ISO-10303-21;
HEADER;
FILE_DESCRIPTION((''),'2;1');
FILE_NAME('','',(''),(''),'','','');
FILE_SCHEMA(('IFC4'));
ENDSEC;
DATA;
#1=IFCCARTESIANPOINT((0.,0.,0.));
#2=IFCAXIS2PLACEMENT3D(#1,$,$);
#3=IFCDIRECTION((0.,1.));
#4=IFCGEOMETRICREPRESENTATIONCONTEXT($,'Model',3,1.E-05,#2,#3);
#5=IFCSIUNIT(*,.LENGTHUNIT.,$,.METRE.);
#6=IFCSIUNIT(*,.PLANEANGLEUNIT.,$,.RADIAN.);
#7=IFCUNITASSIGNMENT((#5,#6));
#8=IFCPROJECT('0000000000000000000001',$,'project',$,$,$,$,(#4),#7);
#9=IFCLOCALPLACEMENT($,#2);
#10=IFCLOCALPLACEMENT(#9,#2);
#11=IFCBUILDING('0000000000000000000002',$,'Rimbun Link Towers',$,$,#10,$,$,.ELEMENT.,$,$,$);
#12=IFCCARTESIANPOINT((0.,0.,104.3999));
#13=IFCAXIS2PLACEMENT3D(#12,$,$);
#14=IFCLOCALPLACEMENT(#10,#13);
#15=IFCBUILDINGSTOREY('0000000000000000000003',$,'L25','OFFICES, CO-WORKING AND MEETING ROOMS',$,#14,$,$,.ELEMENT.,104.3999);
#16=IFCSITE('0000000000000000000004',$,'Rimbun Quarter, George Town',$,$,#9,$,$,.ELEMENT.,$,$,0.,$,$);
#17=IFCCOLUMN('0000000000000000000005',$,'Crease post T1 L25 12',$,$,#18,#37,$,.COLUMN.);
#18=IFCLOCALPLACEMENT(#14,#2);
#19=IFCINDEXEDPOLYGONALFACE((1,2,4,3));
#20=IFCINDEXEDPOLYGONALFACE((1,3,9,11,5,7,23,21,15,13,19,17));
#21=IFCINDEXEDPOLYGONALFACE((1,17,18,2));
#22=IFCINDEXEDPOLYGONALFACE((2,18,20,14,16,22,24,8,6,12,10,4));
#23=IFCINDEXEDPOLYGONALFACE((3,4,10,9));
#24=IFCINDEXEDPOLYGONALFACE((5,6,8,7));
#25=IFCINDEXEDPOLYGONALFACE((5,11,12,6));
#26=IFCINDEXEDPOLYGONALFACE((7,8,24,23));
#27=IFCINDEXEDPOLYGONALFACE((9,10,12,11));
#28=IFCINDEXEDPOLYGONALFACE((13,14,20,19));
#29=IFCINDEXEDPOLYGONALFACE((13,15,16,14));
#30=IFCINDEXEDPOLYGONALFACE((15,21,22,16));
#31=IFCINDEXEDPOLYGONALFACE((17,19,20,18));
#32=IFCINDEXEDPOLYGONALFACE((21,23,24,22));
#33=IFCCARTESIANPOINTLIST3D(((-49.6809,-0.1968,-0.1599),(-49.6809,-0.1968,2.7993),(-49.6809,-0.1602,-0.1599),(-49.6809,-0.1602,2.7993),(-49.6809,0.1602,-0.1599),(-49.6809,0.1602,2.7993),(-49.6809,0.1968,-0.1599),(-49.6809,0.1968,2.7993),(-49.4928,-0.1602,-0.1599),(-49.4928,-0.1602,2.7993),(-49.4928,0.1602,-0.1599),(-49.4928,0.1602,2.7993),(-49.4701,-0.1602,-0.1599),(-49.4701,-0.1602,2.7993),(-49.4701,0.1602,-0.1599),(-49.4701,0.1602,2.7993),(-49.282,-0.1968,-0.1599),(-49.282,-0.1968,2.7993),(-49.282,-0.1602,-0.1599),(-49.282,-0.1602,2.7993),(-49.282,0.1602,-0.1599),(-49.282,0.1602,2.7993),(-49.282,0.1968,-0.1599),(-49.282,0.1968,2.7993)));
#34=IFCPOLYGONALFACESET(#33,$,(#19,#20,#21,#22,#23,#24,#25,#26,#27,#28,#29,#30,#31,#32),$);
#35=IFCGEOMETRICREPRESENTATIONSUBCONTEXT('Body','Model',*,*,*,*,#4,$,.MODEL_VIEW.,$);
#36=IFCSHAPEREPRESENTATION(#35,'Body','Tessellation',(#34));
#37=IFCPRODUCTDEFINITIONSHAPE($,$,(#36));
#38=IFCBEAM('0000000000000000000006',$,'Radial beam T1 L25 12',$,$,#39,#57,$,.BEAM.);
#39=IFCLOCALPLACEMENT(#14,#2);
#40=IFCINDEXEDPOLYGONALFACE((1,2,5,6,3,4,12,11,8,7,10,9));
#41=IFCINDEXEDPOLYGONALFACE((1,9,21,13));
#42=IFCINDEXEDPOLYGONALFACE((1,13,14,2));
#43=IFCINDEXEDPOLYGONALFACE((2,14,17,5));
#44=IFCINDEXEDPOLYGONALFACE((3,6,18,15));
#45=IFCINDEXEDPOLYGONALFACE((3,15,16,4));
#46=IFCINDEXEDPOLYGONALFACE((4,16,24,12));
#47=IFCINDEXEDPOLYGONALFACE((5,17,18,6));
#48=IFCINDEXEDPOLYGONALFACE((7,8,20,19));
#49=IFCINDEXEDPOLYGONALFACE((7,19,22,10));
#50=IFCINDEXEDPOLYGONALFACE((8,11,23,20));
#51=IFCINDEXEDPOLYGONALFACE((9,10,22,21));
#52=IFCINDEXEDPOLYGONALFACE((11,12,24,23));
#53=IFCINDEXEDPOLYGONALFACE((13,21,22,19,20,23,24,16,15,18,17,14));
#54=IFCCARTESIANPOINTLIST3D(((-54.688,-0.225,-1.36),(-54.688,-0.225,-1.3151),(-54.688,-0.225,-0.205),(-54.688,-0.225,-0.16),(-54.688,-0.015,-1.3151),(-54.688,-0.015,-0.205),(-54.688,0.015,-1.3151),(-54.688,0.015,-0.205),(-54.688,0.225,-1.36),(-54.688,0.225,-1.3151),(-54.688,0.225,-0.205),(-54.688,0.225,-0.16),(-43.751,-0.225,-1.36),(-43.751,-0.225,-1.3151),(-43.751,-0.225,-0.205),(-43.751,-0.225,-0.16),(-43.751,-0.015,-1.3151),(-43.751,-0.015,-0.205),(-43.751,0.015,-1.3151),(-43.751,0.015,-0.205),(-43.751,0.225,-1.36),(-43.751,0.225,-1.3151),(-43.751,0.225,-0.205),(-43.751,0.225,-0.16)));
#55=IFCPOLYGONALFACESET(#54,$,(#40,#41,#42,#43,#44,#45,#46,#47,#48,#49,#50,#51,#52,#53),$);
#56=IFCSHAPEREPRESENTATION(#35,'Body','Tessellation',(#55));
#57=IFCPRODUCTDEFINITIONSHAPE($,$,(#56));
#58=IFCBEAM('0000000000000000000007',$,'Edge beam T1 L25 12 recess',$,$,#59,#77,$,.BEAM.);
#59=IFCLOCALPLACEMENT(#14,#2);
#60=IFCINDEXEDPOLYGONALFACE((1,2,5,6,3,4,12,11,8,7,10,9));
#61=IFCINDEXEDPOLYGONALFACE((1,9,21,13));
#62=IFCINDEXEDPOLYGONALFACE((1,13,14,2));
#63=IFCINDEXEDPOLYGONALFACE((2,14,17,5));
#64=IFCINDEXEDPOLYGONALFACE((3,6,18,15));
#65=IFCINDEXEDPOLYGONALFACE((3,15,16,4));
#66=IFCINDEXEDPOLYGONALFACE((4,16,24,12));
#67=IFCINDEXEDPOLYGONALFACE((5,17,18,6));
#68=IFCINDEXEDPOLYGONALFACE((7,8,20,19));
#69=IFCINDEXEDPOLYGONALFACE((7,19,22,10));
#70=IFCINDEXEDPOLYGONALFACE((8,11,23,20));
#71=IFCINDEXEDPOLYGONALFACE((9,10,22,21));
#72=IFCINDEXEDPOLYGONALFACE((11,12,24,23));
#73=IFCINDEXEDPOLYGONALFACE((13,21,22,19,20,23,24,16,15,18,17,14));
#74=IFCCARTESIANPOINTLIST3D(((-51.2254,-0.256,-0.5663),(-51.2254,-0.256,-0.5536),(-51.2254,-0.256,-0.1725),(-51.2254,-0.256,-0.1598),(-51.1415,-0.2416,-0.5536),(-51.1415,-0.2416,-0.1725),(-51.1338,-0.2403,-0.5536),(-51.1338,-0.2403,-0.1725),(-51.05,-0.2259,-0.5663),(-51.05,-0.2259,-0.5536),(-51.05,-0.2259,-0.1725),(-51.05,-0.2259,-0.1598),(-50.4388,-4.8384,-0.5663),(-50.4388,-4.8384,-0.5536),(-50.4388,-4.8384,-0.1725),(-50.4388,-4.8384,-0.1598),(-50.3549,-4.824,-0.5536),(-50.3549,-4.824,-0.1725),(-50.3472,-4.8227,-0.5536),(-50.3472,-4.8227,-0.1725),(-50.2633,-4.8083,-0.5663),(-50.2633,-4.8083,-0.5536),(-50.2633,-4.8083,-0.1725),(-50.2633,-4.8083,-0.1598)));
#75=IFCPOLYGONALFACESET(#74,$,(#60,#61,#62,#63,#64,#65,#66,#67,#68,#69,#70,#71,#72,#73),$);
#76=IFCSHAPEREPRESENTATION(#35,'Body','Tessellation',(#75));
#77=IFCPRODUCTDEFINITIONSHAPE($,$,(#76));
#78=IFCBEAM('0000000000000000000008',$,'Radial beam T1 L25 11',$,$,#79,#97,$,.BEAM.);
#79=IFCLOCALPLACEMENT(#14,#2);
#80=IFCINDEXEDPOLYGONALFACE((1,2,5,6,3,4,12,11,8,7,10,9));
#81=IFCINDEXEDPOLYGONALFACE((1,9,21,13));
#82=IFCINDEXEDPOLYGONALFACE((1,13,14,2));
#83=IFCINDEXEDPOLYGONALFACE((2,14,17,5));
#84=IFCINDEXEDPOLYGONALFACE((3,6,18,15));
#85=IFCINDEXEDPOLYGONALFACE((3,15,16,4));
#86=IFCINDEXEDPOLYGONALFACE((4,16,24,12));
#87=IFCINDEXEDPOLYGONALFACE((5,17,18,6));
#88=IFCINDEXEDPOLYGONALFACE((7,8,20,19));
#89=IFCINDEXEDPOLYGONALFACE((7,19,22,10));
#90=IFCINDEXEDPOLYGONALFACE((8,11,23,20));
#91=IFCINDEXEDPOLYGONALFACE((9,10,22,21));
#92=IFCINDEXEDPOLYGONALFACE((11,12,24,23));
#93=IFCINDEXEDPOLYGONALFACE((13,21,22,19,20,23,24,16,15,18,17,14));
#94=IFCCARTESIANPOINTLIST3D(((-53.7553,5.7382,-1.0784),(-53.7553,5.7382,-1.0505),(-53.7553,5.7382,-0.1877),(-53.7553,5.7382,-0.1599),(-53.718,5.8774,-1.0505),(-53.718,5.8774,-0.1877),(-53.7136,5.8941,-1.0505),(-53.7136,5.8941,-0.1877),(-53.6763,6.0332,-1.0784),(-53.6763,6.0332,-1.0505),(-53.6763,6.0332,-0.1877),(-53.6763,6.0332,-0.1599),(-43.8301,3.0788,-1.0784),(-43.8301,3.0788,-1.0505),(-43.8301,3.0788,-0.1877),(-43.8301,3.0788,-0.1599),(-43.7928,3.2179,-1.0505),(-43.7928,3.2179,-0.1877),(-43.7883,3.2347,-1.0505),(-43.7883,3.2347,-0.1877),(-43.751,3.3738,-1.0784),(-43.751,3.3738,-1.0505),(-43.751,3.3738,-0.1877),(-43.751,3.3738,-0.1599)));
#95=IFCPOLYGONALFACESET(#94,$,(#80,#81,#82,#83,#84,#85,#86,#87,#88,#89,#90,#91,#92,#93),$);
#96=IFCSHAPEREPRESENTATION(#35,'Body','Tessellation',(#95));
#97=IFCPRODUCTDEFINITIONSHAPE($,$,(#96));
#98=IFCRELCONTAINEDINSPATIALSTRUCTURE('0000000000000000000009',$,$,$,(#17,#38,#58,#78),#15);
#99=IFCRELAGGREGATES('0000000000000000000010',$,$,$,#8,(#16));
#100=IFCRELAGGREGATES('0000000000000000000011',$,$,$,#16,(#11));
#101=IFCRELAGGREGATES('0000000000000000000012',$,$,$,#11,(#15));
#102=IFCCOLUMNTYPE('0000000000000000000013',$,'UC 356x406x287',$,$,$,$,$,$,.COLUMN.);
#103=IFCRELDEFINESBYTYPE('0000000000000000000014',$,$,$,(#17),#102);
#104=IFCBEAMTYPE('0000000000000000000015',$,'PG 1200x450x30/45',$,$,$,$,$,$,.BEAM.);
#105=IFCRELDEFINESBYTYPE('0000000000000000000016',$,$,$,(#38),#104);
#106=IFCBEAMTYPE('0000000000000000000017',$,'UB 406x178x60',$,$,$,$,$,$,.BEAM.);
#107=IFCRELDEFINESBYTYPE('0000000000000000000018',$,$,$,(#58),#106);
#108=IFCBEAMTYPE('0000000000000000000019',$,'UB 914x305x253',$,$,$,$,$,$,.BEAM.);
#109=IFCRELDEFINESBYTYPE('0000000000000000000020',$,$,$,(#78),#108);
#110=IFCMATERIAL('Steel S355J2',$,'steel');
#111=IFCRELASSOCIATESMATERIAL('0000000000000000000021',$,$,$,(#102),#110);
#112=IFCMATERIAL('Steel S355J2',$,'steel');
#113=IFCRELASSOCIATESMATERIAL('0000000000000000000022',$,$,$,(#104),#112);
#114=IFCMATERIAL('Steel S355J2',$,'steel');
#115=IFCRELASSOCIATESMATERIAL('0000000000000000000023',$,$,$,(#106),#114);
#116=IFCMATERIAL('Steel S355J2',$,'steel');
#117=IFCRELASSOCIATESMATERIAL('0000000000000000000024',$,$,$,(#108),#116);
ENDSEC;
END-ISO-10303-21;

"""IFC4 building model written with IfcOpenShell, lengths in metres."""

from ifc_helpers import new_model, si_unit, direction, frame, origin, origin_2d, place, context, subcontext, project, spatial, i_section, extrude, material, material_profile, profile_set, type_object, element, save


model = new_model("IFC4")

# Units and contexts
model_context = context("Model", 3, precision=1e-05, world=origin(), true_north=direction((0.0, 1.0)))
body_context = subcontext(model_context, "Body", "Model", "MODEL_VIEW")
ifc_project = project(units=[si_unit("LENGTHUNIT", "METRE"), si_unit("PLANEANGLEUNIT", "RADIAN")], contexts=[model_context])

# Site, building, storey
site_placement = place(None, origin())
site = spatial("IfcSite", under=ifc_project, at=site_placement, Name="Rimbun Quarter, George Town", CompositionType="ELEMENT", RefElevation=0.0)
building_placement = place(site_placement, origin())
building = spatial("IfcBuilding", under=site, at=building_placement, Name="Rimbun Link Towers", CompositionType="ELEMENT")
storey_placement = place(building_placement, frame((0.0, 0.0, 104.3999)))
storey = spatial("IfcBuildingStorey", under=building, at=storey_placement, Name="L25", Description="OFFICES, CO-WORKING AND MEETING ROOMS", CompositionType="ELEMENT", Elevation=104.3999)

# Column
ifc_material_1 = material(Name="Steel S355J2", Category="steel")
ifc_material_profile_1 = material_profile(ifc_material_1, i_section(OverallWidth=0.3989, OverallDepth=0.3936, WebThickness=0.0227, FlangeThickness=0.0366, at=origin_2d()), Name="UC 356x406x287")
ifc_profile_set_1 = profile_set([ifc_material_profile_1], Name="Steel S355J2")
column_type = type_object("IfcColumnType", Name="UC 356x406x287", PredefinedType="COLUMN", material=ifc_profile_set_1)
column_placement = place(storey_placement, frame((-49.4814, 0.0, -0.1599), z_axis=(0.0, 0.0, 1.0), x_axis=(1.0, 0.0, 0.0)))
element("IfcColumn", 1, at=column_placement, inside=storey, type_object=column_type, Name="Crease post T1 L25 12", PredefinedType="COLUMN", context=body_context, shape_type="SweptSolid", body=[
    extrude(i_section(OverallWidth=0.3989, OverallDepth=0.3936, WebThickness=0.0227, FlangeThickness=0.0366, at=origin_2d()), origin(), (0.0, 0.0, 1.0), 2.9592),
])

# Beams
ifc_material_2 = material(Name="Steel S355J2", Category="steel")
ifc_material_profile_2 = material_profile(ifc_material_2, i_section(OverallWidth=0.45, OverallDepth=1.2, WebThickness=0.03, FlangeThickness=0.0449, at=origin_2d()), Name="PG 1200x450x30/45")
ifc_profile_set_2 = profile_set([ifc_material_profile_2], Name="Steel S355J2")
beam_type_1 = type_object("IfcBeamType", Name="PG 1200x450x30/45", PredefinedType="BEAM", material=ifc_profile_set_2)
beam_1_placement = place(storey_placement, frame((-43.751, 0.0, -0.76), z_axis=(-1.0, 0.0, 0.0), x_axis=(0.0, -1.0, 0.0)))
element("IfcBeam", 2, at=beam_1_placement, inside=storey, type_object=beam_type_1, Name="Radial beam T1 L25 12", PredefinedType="BEAM", context=body_context, shape_type="SweptSolid", body=[
    extrude(i_section(OverallWidth=0.45, OverallDepth=1.2, WebThickness=0.03, FlangeThickness=0.0449, at=origin_2d()), origin(), (0.0, 0.0, 1.0), 10.937),
])
ifc_material_3 = material(Name="Steel S355J2", Category="steel")
ifc_material_profile_3 = material_profile(ifc_material_3, i_section(OverallWidth=0.178, OverallDepth=0.4065, WebThickness=0.0078, FlangeThickness=0.0127, at=origin_2d()), Name="UB 406x178x60")
ifc_profile_set_3 = profile_set([ifc_material_profile_3], Name="Steel S355J2")
beam_type_2 = type_object("IfcBeamType", Name="UB 406x178x60", PredefinedType="BEAM", material=ifc_profile_set_3)
beam_2_placement = place(storey_placement, frame((-51.1377, -0.241, -0.363), z_axis=(0.169191, -0.985583, 0.0), x_axis=(0.985583, 0.169191, 0.0)))
element("IfcBeam", 3, at=beam_2_placement, inside=storey, type_object=beam_type_2, Name="Edge beam T1 L25 12 recess", PredefinedType="BEAM", context=body_context, shape_type="SweptSolid", body=[
    extrude(i_section(OverallWidth=0.178, OverallDepth=0.4065, WebThickness=0.0078, FlangeThickness=0.0127, at=origin_2d()), origin(), (0.0, 0.0, 1.0), 4.6494),
])
ifc_material_4 = material(Name="Steel S355J2", Category="steel")
ifc_material_profile_4 = material_profile(ifc_material_4, i_section(OverallWidth=0.3054, OverallDepth=0.9185, WebThickness=0.0173, FlangeThickness=0.0278, at=origin_2d()), Name="UB 914x305x253")
ifc_profile_set_4 = profile_set([ifc_material_profile_4], Name="Steel S355J2")
beam_type_3 = type_object("IfcBeamType", Name="UB 914x305x253", PredefinedType="BEAM", material=ifc_profile_set_4)
beam_3_placement = place(storey_placement, frame((-43.7905, 3.2263, -0.6191), z_axis=(-0.965927, 0.258814, 0.0), x_axis=(-0.258814, -0.965927, 0.0)))
element("IfcBeam", 4, at=beam_3_placement, inside=storey, type_object=beam_type_3, Name="Radial beam T1 L25 11", PredefinedType="BEAM", context=body_context, shape_type="SweptSolid", body=[
    extrude(i_section(OverallWidth=0.3054, OverallDepth=0.9185, WebThickness=0.0173, FlangeThickness=0.0278, at=origin_2d()), origin(), (0.0, 0.0, 1.0), 10.2754),
])

save(model, "model.ifc")
